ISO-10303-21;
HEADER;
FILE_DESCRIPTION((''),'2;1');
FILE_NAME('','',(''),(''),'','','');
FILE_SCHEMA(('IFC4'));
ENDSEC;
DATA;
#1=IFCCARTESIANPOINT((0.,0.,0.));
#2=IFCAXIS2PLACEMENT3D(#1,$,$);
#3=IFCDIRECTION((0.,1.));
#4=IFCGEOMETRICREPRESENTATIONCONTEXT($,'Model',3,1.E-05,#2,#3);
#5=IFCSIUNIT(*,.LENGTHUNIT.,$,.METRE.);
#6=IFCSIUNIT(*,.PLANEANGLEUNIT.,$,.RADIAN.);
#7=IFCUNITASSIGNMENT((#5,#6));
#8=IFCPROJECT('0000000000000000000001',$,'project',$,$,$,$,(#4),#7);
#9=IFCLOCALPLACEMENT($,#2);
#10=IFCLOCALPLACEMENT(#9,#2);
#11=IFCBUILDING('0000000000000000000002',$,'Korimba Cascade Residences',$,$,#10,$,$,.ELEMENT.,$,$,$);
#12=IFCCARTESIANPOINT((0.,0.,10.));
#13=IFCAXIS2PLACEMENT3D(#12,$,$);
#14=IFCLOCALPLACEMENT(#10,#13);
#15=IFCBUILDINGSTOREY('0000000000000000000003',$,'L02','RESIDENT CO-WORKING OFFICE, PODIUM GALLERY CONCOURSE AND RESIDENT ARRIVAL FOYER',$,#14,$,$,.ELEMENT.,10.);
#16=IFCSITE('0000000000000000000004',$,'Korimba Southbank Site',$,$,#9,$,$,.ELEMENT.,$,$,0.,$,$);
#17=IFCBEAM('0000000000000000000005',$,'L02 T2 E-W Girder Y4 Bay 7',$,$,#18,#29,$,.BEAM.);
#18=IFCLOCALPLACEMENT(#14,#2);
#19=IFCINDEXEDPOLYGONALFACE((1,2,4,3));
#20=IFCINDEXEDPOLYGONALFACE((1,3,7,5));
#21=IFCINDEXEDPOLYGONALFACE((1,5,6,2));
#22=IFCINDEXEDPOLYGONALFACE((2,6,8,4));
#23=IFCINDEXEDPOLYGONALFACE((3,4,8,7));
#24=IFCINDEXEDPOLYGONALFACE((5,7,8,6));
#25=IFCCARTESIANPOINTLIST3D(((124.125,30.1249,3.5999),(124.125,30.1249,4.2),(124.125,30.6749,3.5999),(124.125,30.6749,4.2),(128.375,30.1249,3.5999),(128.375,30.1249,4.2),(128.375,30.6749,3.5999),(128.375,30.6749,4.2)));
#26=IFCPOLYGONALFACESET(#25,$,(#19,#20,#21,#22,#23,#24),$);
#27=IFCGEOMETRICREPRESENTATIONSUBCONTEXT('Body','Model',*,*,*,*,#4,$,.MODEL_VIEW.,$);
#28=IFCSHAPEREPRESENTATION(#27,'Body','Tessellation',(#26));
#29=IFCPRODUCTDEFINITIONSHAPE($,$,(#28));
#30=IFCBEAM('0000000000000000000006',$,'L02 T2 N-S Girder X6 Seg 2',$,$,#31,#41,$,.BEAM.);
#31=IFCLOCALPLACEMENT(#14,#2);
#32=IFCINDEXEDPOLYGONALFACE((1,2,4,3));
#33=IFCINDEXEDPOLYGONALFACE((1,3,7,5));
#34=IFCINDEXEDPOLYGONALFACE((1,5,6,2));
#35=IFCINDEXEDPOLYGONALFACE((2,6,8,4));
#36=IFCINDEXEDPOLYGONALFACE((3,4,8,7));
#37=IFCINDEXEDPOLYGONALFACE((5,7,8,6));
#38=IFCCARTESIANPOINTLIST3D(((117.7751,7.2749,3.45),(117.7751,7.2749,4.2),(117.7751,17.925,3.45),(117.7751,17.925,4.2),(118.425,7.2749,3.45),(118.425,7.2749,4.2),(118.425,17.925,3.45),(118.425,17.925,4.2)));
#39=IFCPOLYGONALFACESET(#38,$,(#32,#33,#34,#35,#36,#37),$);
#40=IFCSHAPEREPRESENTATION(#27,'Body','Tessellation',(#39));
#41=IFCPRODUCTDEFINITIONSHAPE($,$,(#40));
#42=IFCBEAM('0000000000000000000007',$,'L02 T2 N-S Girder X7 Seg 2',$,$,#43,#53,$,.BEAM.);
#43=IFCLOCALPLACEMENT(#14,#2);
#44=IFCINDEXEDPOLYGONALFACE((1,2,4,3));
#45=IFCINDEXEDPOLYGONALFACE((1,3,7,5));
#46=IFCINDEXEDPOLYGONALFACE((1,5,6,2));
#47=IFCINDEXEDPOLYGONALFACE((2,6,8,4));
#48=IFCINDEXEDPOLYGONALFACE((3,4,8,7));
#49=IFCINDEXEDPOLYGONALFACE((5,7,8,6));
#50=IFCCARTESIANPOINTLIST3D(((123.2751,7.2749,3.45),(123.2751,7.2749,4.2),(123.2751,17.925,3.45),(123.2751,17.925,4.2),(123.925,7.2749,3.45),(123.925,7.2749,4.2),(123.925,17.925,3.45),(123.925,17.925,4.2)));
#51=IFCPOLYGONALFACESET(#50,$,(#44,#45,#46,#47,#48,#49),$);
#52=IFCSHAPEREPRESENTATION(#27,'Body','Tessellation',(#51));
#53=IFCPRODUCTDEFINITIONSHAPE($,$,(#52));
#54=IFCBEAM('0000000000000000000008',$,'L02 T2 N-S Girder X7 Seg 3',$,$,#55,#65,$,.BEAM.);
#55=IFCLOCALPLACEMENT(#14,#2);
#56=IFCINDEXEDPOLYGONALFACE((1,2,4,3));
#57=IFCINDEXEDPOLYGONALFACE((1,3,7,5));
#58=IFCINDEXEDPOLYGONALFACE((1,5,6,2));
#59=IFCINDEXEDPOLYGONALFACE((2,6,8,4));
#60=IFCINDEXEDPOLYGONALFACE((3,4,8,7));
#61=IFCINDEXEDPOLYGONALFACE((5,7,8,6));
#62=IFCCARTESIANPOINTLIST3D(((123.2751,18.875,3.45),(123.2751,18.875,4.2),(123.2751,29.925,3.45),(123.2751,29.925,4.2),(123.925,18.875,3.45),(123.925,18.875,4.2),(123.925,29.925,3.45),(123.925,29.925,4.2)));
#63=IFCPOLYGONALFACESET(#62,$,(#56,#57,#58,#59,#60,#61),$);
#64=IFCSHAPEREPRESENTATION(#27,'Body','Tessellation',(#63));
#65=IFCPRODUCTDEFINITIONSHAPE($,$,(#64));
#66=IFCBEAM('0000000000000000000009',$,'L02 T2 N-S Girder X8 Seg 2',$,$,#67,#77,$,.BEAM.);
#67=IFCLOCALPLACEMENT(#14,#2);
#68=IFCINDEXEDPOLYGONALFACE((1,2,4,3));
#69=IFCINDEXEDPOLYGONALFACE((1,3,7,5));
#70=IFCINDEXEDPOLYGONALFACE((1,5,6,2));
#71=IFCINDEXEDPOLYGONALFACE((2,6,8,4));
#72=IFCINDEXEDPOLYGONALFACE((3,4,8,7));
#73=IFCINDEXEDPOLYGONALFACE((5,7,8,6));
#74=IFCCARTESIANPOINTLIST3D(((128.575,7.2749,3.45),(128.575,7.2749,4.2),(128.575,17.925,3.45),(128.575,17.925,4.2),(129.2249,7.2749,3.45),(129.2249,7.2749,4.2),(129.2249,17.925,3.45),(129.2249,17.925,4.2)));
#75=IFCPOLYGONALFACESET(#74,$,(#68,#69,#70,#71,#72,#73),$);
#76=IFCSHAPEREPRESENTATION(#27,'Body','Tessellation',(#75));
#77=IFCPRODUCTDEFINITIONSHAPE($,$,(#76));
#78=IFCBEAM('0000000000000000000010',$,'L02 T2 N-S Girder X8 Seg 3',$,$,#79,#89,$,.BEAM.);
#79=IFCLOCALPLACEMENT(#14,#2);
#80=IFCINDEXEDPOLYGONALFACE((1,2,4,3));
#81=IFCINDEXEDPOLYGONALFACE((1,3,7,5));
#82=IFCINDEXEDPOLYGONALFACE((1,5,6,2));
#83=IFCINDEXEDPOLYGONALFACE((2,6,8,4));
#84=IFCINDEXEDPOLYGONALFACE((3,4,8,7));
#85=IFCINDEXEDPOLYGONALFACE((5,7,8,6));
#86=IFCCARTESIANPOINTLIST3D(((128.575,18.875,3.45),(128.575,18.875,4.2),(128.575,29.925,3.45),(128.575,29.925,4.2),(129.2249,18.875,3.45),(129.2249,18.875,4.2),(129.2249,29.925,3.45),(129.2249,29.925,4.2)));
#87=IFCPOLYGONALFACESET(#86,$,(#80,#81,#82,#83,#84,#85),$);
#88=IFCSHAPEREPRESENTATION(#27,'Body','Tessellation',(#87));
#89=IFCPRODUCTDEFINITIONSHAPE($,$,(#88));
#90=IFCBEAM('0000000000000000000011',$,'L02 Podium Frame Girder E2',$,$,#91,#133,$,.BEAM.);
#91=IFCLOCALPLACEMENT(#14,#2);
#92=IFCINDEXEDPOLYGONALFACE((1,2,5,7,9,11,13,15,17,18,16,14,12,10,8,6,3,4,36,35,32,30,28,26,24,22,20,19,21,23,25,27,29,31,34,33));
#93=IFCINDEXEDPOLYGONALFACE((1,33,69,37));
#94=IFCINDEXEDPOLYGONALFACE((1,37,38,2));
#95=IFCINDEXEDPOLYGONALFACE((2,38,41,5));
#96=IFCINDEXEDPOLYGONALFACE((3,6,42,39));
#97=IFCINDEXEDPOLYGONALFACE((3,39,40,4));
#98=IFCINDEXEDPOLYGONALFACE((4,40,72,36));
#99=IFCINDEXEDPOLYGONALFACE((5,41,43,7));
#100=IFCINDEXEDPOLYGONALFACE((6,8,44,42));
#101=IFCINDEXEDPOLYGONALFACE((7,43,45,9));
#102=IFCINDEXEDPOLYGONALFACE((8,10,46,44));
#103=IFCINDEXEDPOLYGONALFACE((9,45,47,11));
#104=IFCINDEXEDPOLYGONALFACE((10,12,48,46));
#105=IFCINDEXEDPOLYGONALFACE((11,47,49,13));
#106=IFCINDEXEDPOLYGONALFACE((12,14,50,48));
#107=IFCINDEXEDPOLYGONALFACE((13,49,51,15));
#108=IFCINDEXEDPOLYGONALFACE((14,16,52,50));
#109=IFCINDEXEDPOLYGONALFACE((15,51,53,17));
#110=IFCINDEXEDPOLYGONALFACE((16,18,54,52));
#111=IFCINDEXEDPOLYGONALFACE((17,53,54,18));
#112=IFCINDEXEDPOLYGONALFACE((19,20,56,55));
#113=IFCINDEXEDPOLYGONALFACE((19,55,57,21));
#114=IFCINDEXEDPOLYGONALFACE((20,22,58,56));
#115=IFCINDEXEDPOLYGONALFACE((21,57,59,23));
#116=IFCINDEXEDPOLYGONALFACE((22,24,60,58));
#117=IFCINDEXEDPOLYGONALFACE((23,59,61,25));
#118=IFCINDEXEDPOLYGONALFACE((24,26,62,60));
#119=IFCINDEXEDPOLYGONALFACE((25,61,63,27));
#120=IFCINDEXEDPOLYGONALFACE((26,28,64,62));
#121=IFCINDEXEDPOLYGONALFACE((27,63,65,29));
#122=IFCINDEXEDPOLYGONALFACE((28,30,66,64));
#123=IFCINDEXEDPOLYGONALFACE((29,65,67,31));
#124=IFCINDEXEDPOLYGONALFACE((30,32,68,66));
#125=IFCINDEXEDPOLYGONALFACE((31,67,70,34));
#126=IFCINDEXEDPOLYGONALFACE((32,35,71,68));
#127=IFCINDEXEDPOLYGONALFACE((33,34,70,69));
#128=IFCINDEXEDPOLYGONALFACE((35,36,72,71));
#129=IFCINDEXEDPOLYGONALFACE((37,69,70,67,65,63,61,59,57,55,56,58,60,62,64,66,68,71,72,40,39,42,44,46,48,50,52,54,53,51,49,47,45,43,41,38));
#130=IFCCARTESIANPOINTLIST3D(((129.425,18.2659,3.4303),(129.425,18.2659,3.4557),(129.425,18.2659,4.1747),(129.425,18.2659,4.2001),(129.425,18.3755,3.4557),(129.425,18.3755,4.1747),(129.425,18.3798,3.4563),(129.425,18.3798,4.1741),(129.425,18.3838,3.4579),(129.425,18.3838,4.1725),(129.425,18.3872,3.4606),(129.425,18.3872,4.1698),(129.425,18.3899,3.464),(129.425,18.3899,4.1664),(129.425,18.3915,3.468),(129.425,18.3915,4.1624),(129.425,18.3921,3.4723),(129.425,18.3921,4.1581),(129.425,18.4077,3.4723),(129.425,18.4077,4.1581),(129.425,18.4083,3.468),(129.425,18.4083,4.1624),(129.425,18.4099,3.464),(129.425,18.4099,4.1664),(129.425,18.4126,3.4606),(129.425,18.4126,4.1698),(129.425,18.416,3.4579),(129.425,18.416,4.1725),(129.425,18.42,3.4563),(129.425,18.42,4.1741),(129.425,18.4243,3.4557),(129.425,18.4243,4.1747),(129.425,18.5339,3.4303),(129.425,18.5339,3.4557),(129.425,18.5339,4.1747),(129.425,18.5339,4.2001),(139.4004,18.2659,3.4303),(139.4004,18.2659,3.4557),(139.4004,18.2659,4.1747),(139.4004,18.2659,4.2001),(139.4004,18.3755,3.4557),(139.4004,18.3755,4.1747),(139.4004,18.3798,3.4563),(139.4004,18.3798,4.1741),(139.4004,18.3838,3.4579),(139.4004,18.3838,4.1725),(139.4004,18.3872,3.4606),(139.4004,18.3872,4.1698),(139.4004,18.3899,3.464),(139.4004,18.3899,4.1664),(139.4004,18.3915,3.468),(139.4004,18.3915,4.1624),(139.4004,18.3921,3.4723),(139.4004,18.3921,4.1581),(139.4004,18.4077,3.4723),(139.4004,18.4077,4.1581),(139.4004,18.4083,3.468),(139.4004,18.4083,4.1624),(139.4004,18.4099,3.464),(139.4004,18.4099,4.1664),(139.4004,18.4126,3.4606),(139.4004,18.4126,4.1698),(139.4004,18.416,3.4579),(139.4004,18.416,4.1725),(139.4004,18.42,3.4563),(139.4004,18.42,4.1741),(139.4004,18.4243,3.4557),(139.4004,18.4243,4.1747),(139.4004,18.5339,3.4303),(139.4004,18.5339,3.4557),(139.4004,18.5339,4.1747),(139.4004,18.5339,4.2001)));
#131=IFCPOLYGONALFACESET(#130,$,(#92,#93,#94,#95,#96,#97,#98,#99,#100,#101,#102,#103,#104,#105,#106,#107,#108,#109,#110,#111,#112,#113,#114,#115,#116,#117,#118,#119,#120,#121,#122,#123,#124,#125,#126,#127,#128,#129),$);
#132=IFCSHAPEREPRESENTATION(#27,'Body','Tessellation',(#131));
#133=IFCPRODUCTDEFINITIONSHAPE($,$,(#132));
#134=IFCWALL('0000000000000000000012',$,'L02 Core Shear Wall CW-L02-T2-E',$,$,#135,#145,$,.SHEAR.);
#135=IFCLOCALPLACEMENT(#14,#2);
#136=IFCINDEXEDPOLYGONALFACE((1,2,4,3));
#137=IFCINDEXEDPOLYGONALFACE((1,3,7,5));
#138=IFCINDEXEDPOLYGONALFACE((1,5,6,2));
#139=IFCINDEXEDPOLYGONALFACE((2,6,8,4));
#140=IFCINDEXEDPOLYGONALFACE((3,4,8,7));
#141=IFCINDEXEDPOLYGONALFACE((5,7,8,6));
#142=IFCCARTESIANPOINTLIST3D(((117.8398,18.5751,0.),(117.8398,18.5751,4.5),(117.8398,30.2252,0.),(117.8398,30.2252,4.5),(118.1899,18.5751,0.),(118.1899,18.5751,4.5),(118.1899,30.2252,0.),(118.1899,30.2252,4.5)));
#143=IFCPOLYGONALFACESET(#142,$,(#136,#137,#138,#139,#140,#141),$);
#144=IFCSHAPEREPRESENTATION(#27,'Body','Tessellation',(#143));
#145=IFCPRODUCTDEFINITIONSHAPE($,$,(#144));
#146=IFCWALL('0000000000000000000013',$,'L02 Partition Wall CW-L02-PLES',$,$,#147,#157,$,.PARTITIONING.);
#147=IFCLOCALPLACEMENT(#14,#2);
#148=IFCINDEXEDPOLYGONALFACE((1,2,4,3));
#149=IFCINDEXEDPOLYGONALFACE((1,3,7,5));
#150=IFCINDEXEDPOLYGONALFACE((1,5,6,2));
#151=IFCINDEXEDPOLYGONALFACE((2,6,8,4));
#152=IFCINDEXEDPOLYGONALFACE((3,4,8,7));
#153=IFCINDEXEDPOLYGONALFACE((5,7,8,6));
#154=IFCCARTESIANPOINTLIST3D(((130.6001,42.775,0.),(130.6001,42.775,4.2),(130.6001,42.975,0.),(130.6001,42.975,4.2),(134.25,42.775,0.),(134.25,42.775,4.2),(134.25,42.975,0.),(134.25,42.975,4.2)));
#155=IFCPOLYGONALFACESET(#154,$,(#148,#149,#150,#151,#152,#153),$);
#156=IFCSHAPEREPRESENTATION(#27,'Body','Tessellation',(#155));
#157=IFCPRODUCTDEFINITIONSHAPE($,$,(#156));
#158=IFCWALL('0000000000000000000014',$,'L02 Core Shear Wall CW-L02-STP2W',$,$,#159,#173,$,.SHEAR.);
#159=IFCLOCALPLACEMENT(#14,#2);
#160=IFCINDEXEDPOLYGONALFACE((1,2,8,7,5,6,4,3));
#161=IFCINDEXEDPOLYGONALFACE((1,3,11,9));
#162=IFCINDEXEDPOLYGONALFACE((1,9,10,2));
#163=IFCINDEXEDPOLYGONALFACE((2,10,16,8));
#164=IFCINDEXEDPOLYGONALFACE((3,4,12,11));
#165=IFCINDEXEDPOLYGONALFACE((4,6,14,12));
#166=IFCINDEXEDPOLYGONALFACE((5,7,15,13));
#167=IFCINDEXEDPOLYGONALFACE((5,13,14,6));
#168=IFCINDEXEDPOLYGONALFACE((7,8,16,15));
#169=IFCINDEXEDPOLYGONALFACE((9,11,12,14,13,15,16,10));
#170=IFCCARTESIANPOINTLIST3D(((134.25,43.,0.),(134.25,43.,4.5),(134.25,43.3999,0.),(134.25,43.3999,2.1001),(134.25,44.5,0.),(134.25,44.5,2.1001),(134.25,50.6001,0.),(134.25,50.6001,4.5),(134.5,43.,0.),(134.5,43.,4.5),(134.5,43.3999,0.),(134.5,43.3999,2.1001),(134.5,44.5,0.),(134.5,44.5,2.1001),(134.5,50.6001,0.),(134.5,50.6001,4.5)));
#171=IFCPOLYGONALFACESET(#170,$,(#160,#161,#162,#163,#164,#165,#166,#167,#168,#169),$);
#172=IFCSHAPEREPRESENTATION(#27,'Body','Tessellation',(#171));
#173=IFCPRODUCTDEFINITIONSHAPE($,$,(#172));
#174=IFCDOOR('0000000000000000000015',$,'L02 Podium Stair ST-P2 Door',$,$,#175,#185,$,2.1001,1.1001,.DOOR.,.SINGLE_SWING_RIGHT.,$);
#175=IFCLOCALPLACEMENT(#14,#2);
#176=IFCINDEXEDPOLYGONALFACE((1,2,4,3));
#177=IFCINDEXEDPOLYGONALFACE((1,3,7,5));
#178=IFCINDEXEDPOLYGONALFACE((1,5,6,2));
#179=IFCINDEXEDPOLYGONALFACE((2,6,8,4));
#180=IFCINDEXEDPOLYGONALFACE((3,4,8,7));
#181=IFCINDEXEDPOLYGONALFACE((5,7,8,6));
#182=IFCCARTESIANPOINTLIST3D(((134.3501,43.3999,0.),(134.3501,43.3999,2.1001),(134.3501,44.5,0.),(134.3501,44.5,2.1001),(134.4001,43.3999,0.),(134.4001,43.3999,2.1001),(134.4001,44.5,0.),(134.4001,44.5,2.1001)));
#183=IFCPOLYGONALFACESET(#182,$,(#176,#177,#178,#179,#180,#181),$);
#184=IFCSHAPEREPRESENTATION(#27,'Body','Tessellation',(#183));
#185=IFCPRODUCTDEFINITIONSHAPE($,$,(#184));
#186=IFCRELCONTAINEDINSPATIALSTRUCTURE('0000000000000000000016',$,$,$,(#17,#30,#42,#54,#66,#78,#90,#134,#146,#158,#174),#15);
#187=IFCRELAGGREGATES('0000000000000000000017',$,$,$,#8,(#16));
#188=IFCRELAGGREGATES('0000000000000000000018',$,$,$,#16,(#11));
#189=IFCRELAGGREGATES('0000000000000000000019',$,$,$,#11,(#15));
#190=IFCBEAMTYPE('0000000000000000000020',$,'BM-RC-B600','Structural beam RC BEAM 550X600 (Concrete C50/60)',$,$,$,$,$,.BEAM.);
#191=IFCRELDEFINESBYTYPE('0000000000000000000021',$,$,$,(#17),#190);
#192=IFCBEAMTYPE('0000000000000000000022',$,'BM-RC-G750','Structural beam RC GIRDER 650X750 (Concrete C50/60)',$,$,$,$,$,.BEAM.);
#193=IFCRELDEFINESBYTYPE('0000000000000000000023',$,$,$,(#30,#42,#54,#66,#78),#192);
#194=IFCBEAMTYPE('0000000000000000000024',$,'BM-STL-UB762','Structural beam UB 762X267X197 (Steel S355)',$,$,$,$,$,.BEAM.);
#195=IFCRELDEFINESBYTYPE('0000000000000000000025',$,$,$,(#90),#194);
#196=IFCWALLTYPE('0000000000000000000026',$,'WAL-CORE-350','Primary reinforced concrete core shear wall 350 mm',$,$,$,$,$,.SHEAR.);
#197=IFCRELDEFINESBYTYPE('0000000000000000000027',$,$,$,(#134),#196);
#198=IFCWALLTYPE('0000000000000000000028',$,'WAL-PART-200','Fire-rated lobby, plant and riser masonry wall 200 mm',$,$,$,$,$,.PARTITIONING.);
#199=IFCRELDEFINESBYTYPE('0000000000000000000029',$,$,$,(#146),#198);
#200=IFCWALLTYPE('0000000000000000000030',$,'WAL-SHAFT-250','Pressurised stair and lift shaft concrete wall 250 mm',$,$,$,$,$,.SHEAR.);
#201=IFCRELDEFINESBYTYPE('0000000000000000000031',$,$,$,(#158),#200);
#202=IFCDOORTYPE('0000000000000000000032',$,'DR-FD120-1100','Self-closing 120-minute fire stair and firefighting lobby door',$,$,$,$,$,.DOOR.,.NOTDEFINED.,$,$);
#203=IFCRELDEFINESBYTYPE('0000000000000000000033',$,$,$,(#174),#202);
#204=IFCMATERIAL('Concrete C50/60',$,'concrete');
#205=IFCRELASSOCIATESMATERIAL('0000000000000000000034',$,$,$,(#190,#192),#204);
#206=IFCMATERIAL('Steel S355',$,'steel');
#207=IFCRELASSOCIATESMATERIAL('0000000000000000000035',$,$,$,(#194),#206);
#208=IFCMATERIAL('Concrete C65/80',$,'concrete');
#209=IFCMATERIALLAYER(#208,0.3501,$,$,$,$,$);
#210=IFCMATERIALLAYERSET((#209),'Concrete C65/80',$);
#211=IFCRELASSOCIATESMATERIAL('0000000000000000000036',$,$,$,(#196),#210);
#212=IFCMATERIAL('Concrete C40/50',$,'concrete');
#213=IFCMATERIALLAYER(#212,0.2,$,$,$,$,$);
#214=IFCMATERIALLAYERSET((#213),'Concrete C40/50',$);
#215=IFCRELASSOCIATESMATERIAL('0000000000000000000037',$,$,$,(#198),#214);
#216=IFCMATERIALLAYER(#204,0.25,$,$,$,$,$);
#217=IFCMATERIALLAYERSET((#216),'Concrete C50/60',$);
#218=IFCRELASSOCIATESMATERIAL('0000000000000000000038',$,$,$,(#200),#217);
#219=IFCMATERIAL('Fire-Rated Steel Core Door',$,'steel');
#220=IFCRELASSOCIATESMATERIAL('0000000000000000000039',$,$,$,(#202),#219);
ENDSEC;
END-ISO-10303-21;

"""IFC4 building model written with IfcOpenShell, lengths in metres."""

from ifc_helpers import new_model, si_unit, direction, frame, frame_2d, origin, origin_2d, place, context, subcontext, project, spatial, rectangle, i_section, extrude, material, layer, layer_set, material_profile, profile_set, type_object, element, fill, save


model = new_model("IFC4")

# Units and contexts
model_context = context("Model", 3, precision=1e-05, world=origin(), true_north=direction((0.0, 1.0)))
body_context = subcontext(model_context, "Body", "Model", "MODEL_VIEW")
ifc_project = project(units=[si_unit("LENGTHUNIT", "METRE"), si_unit("PLANEANGLEUNIT", "RADIAN")], contexts=[model_context])

# Site, building, storey
site_placement = place(None, origin())
site = spatial("IfcSite", under=ifc_project, at=site_placement, Name="Korimba Southbank Site", CompositionType="ELEMENT", RefElevation=0.0)
building_placement = place(site_placement, origin())
building = spatial("IfcBuilding", under=site, at=building_placement, Name="Korimba Cascade Residences", CompositionType="ELEMENT")
storey_placement = place(building_placement, frame((0.0, 0.0, 10.0)))
storey = spatial("IfcBuildingStorey", under=building, at=storey_placement, Name="L02", Description="RESIDENT CO-WORKING OFFICE, PODIUM GALLERY CONCOURSE AND RESIDENT ARRIVAL FOYER", CompositionType="ELEMENT", Elevation=10.0)

# Shared definitions
ifc_material_1 = material(Name="Steel S355", Category="steel")

# Beams
ifc_material_2 = material(Name="Concrete C50/60", Category="concrete")
ifc_material_profile_1 = material_profile(ifc_material_2, rectangle(XDim=0.55, YDim=0.6001, at=origin_2d()), Name="Concrete C50/60")
ifc_profile_set_1 = profile_set([ifc_material_profile_1], Name="Concrete C50/60")
beam_type_1 = type_object("IfcBeamType", Name="BM-RC-B600", Description="Structural beam RC BEAM 550X600 (Concrete C50/60)", PredefinedType="BEAM", material=ifc_profile_set_1)
beam_1_placement = place(storey_placement, frame((124.125, 30.3999, 3.8999), z_axis=(1.0, 0.0, 0.0), x_axis=(0.0, 1.0, 0.0)))
element("IfcBeam", 1, at=beam_1_placement, inside=storey, type_object=beam_type_1, Name="L02 T2 E-W Girder Y4 Bay 7", PredefinedType="BEAM", context=body_context, shape_type="SweptSolid", body=[
    extrude(rectangle(XDim=0.55, YDim=0.6001, at=origin_2d()), origin(), (0.0, 0.0, 1.0), 4.25),
])
ifc_material_profile_2 = material_profile(ifc_material_2, rectangle(XDim=0.6499, YDim=0.75, at=origin_2d()), Name="Concrete C50/60")
ifc_profile_set_2 = profile_set([ifc_material_profile_2], Name="Concrete C50/60")
beam_type_2 = type_object("IfcBeamType", Name="BM-RC-G750", Description="Structural beam RC GIRDER 650X750 (Concrete C50/60)", PredefinedType="BEAM", material=ifc_profile_set_2)
for number, where, z_axis, x_axis, name in (
    (2, (118.1001, 7.2749, 3.825), (0.0, 1.0, 0.0), (-1.0, 0.0, 0.0), "L02 T2 N-S Girder X6 Seg 2"),
    (3, (123.6001, 7.2749, 3.825), (0.0, 1.0, 0.0), (-1.0, 0.0, 0.0), "L02 T2 N-S Girder X7 Seg 2"),
):
    element("IfcBeam", number, at=place(storey_placement, frame(where, z_axis=z_axis, x_axis=x_axis)), inside=storey, type_object=beam_type_2, Name=name, PredefinedType="BEAM", context=body_context, shape_type="SweptSolid", body=[
        extrude(rectangle(XDim=0.6499, YDim=0.75, at=origin_2d()), origin(), (0.0, 0.0, 1.0), 10.6501),
    ])
beam_2_placement = place(storey_placement, frame((123.6001, 18.875, 3.825), z_axis=(0.0, 1.0, 0.0), x_axis=(-1.0, 0.0, 0.0)))
element("IfcBeam", 4, at=beam_2_placement, inside=storey, type_object=beam_type_2, Name="L02 T2 N-S Girder X7 Seg 3", PredefinedType="BEAM", context=body_context, shape_type="SweptSolid", body=[
    extrude(rectangle(XDim=0.6499, YDim=0.75, at=origin_2d()), origin(), (0.0, 0.0, 1.0), 11.05),
])
beam_3_placement = place(storey_placement, frame((128.8999, 7.2749, 3.825), z_axis=(0.0, 1.0, 0.0), x_axis=(-1.0, 0.0, 0.0)))
element("IfcBeam", 5, at=beam_3_placement, inside=storey, type_object=beam_type_2, Name="L02 T2 N-S Girder X8 Seg 2", PredefinedType="BEAM", context=body_context, shape_type="SweptSolid", body=[
    extrude(rectangle(XDim=0.6499, YDim=0.75, at=origin_2d()), origin(), (0.0, 0.0, 1.0), 10.6501),
])
beam_4_placement = place(storey_placement, frame((128.8999, 18.875, 3.825), z_axis=(0.0, 1.0, 0.0), x_axis=(-1.0, 0.0, 0.0)))
element("IfcBeam", 6, at=beam_4_placement, inside=storey, type_object=beam_type_2, Name="L02 T2 N-S Girder X8 Seg 3", PredefinedType="BEAM", context=body_context, shape_type="SweptSolid", body=[
    extrude(rectangle(XDim=0.6499, YDim=0.75, at=origin_2d()), origin(), (0.0, 0.0, 1.0), 11.05),
])
ifc_material_profile_3 = material_profile(ifc_material_1, i_section(OverallWidth=0.2681, OverallDepth=0.7698, WebThickness=0.0156, FlangeThickness=0.0254, FilletRadius=0.0166, at=origin_2d()), Name="Steel S355")
ifc_profile_set_3 = profile_set([ifc_material_profile_3], Name="Steel S355")
beam_type_3 = type_object("IfcBeamType", Name="BM-STL-UB762", Description="Structural beam UB 762X267X197 (Steel S355)", PredefinedType="BEAM", material=ifc_profile_set_3)
beam_5_placement = place(storey_placement, frame((129.425, 18.3999, 3.8152), z_axis=(1.0, 0.0, 0.0), x_axis=(0.0, 1.0, 0.0)))
element("IfcBeam", 7, at=beam_5_placement, inside=storey, type_object=beam_type_3, Name="L02 Podium Frame Girder E2", PredefinedType="BEAM", context=body_context, shape_type="SweptSolid", body=[
    extrude(i_section(OverallWidth=0.2681, OverallDepth=0.7698, WebThickness=0.0156, FlangeThickness=0.0254, FilletRadius=0.0166, at=origin_2d()), origin(), (0.0, 0.0, 1.0), 9.9753),
])

# Wall
ifc_material_3 = material(Name="Concrete C65/80", Category="concrete")
ifc_layer_1 = layer(ifc_material_3, 0.3501)
ifc_layer_set_1 = layer_set([ifc_layer_1], Name="Concrete C65/80")
wall_type_1 = type_object("IfcWallType", Name="WAL-CORE-350", Description="Primary reinforced concrete core shear wall 350 mm", PredefinedType="SHEAR", material=ifc_layer_set_1)
wall_1_placement = place(storey_placement, frame((118.0149, 18.575, 0.0), z_axis=(0.0, 0.0, 1.0), x_axis=(0.0, 1.0, 0.0)))
element("IfcWall", 8, at=wall_1_placement, inside=storey, type_object=wall_type_1, Name="L02 Core Shear Wall CW-L02-T2-E", PredefinedType="SHEAR", context=body_context, shape_type="SweptSolid", body=[
    extrude(rectangle(XDim=11.6501, YDim=0.3501, at=frame_2d((5.8252, 0.0))), origin(), (0.0, 0.0, 1.0), 4.5),
])

# Shared definitions
ifc_material_4 = material(Name="Concrete C40/50", Category="concrete")
ifc_layer_2 = layer(ifc_material_4, 0.2)
ifc_layer_set_2 = layer_set([ifc_layer_2], Name="Concrete C40/50")
wall_type_2 = type_object("IfcWallType", Name="WAL-PART-200", Description="Fire-rated lobby, plant and riser masonry wall 200 mm", PredefinedType="PARTITIONING", material=ifc_layer_set_2)

# Wall
wall_2_placement = place(storey_placement, frame((130.6001, 42.875, 0.0), z_axis=(0.0, 0.0, 1.0), x_axis=(1.0, 0.0, 0.0)))
element("IfcWall", 9, at=wall_2_placement, inside=storey, type_object=wall_type_2, Name="L02 Partition Wall CW-L02-PLES", PredefinedType="PARTITIONING", context=body_context, shape_type="SweptSolid", body=[
    extrude(rectangle(XDim=3.6499, YDim=0.2, at=frame_2d((1.825, 0.0))), origin(), (0.0, 0.0, 1.0), 4.2),
])

# Wall, opening, door
ifc_layer_3 = layer(ifc_material_2, 0.25)
ifc_layer_set_3 = layer_set([ifc_layer_3], Name="Concrete C50/60")
wall_type_3 = type_object("IfcWallType", Name="WAL-SHAFT-250", Description="Pressurised stair and lift shaft concrete wall 250 mm", PredefinedType="SHEAR", material=ifc_layer_set_3)
wall_3_placement = place(storey_placement, frame((134.375, 43.0, 0.0), z_axis=(0.0, 0.0, 1.0), x_axis=(0.0, 1.0, 0.0)))
wall_3 = element("IfcWall", 10, at=wall_3_placement, inside=storey, type_object=wall_type_3, Name="L02 Core Shear Wall CW-L02-STP2W", PredefinedType="SHEAR", context=body_context, shape_type="SweptSolid", body=[
    extrude(rectangle(XDim=7.6001, YDim=0.25, at=frame_2d((3.8, 0.0))), origin(), (0.0, 0.0, 1.0), 4.5),
])
opening_1_placement = place(wall_3_placement, frame((0.3999, 0.0, 0.0)))
opening_1 = element("IfcOpeningElement", 11, at=opening_1_placement, cuts=wall_3, PredefinedType="OPENING", context=body_context, shape_type="SweptSolid", body=[
    extrude(rectangle(XDim=1.1001, YDim=2.1001, at=frame_2d((0.55, 1.05))), frame((0.0, 0.135, 0.0), z_axis=(0.0, -1.0, 0.0), x_axis=(1.0, 0.0, 0.0)), (0.0, 0.0, 1.0), 0.27),
])
ifc_material_5 = material(Name="Fire-Rated Steel Core Door", Category="steel")
door_type_1 = type_object("IfcDoorType", Name="DR-FD120-1100", Description="Self-closing 120-minute fire stair and firefighting lobby door", OperationType="NOTDEFINED", PredefinedType="DOOR", material=ifc_material_5)
door_1_placement = place(opening_1_placement, origin())
door_1 = element("IfcDoor", 12, at=door_1_placement, inside=storey, type_object=door_type_1, Name="L02 Podium Stair ST-P2 Door", OperationType="SINGLE_SWING_RIGHT", OverallHeight=2.1001, OverallWidth=1.1001, PredefinedType="DOOR", context=body_context, shape_type="SweptSolid", body=[
    extrude(rectangle(XDim=1.1001, YDim=2.1001, at=frame_2d((0.55, 1.05))), frame((0.0, 0.0249, 0.0), z_axis=(0.0, -1.0, 0.0), x_axis=(1.0, 0.0, 0.0)), (0.0, 0.0, 1.0), 0.05),
])
fill(opening_1, door_1)

save(model, "model.ifc")
